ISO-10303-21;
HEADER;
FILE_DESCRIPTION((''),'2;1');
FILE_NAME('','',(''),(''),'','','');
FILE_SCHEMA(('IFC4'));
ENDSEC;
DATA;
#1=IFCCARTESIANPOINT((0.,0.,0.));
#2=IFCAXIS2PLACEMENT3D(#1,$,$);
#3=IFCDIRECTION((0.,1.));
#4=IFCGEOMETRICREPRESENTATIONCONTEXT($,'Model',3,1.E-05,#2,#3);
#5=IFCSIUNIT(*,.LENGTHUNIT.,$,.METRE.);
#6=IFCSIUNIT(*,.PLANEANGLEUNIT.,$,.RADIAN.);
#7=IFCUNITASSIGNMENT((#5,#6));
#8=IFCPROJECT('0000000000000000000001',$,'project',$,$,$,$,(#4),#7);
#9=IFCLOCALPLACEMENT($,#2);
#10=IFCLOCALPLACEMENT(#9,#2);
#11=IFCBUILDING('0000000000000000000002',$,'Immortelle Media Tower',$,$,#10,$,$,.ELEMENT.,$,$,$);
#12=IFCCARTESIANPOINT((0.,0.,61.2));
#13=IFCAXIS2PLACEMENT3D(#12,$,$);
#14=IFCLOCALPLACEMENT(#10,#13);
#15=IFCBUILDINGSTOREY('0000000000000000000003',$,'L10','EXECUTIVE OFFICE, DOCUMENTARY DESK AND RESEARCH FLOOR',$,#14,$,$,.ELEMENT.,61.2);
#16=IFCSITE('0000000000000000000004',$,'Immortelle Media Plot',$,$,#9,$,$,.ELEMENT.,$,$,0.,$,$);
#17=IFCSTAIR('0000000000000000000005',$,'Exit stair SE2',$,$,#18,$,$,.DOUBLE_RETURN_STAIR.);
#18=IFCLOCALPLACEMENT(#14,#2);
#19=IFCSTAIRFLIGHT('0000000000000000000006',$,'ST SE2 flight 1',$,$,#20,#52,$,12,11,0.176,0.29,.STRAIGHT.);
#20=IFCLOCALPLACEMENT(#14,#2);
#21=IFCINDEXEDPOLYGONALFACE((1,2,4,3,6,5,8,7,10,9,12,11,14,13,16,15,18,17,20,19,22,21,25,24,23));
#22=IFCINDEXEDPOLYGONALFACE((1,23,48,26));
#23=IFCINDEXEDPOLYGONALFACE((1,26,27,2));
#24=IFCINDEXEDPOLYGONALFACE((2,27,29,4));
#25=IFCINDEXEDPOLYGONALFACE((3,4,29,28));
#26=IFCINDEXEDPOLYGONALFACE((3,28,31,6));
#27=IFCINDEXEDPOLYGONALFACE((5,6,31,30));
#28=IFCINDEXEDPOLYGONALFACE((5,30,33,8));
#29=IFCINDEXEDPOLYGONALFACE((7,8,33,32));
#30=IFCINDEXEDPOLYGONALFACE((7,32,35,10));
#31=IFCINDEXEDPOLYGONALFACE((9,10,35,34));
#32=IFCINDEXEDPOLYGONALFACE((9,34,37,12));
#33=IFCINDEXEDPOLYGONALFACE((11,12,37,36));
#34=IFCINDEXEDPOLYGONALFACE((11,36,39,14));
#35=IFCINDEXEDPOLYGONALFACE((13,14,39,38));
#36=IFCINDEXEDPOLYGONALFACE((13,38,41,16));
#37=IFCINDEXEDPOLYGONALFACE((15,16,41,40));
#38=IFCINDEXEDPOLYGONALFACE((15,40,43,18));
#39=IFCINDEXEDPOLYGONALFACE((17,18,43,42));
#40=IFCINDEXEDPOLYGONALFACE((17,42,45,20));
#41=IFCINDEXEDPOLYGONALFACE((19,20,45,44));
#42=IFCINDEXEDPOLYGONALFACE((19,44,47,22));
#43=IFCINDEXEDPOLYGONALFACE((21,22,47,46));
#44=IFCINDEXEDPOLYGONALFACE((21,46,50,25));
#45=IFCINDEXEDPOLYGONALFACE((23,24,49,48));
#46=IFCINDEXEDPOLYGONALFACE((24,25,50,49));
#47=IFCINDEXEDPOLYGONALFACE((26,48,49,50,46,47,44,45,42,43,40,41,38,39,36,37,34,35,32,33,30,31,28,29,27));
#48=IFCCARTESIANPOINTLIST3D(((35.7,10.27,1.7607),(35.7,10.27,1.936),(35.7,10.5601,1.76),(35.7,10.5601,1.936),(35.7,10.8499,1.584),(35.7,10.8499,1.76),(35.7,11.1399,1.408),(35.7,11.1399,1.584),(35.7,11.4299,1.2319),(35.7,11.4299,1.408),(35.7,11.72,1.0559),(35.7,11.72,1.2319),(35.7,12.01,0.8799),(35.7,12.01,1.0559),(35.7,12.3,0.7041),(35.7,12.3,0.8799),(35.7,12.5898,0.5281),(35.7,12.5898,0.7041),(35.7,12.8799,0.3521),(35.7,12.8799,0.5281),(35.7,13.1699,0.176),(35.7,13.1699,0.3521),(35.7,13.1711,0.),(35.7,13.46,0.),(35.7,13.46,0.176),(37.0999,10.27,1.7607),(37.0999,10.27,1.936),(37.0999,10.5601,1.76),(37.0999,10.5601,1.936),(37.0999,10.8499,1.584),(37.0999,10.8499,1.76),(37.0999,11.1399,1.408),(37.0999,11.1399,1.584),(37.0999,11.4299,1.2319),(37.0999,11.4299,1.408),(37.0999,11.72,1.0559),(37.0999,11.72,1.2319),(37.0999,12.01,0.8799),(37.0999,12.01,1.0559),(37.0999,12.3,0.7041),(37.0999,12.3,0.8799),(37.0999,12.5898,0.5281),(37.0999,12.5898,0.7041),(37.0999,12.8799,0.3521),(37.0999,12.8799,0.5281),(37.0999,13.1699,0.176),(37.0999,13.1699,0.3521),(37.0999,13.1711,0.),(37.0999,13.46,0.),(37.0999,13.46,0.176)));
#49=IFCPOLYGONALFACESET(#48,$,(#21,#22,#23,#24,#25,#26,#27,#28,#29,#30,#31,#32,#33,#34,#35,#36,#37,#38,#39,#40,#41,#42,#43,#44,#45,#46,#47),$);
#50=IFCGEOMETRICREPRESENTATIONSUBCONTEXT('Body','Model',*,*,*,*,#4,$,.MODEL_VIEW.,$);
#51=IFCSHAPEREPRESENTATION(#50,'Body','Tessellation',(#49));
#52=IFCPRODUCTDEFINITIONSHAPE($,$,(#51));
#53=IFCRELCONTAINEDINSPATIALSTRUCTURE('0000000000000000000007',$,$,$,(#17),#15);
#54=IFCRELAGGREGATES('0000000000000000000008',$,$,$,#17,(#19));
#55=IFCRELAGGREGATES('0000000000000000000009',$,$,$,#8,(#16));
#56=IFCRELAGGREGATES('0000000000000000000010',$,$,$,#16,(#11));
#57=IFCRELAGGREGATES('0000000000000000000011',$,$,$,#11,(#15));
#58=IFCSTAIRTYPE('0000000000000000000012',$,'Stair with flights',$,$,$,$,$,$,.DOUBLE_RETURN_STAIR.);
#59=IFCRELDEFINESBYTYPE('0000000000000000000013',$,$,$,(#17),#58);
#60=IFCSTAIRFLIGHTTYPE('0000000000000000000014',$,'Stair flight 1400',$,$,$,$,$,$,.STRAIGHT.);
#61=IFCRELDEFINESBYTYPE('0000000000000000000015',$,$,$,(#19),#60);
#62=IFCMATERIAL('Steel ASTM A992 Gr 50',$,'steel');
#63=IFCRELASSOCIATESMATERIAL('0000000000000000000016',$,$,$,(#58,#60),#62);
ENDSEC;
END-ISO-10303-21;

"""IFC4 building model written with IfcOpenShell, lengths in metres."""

from ifc_helpers import new_model, si_unit, direction, frame, origin, place, context, subcontext, project, spatial, polyline, outline, extrude, material, type_object, element, aggregate, save


model = new_model("IFC4")

# Units and contexts
model_context = context("Model", 3, precision=1e-05, world=origin(), true_north=direction((0.0, 1.0)))
body_context = subcontext(model_context, "Body", "Model", "MODEL_VIEW")
ifc_project = project(units=[si_unit("LENGTHUNIT", "METRE"), si_unit("PLANEANGLEUNIT", "RADIAN")], contexts=[model_context])

# Site, building, storey
site_placement = place(None, origin())
site = spatial("IfcSite", under=ifc_project, at=site_placement, Name="Immortelle Media Plot", CompositionType="ELEMENT", RefElevation=0.0)
building_placement = place(site_placement, origin())
building = spatial("IfcBuilding", under=site, at=building_placement, Name="Immortelle Media Tower", CompositionType="ELEMENT")
storey_placement = place(building_placement, frame((0.0, 0.0, 61.2)))
storey = spatial("IfcBuildingStorey", under=building, at=storey_placement, Name="L10", Description="EXECUTIVE OFFICE, DOCUMENTARY DESK AND RESEARCH FLOOR", CompositionType="ELEMENT", Elevation=61.2)

# Shared definitions
ifc_material_1 = material(Name="Steel ASTM A992 Gr 50", Category="steel")

# Stair, stair flight
stair_type = type_object("IfcStairType", Name="Stair with flights", PredefinedType="DOUBLE_RETURN_STAIR", material=ifc_material_1)
stair_flight_type = type_object("IfcStairFlightType", Name="Stair flight 1400", PredefinedType="STRAIGHT", material=ifc_material_1)
stair_1_placement = place(storey_placement, origin())
stair_1 = element("IfcStair", 1, at=stair_1_placement, inside=storey, type_object=stair_type, Name="Exit stair SE2", PredefinedType="DOUBLE_RETURN_STAIR")
stair_flight_1_placement = place(storey_placement, frame((36.3999, 13.46, 0.0), z_axis=(0.0, 0.0, 1.0), x_axis=(0.0, -1.0, 0.0)))
stair_flight_1 = element("IfcStairFlight", 2, at=stair_flight_1_placement, type_object=stair_flight_type, Name="ST SE2 flight 1", NumberOfRisers=12, NumberOfTreads=11, PredefinedType="STRAIGHT", RiserHeight=0.176, TreadLength=0.29, context=body_context, shape_type="SweptSolid", body=[
    extrude(outline(polyline([(0.0, 0.0), (0.0, 0.176), (0.29, 0.176), (0.29, 0.3521), (0.5801, 0.3521), (0.5801, 0.5281), (0.8701, 0.5281), (0.8701, 0.7041), (1.1599, 0.7041), (1.1599, 0.8799), (1.45, 0.8799), (1.45, 1.0559), (1.74, 1.0559), (1.74, 1.2319), (2.03, 1.2319), (2.03, 1.408), (2.3201, 1.408), (2.3201, 1.584), (2.6101, 1.584), (2.6101, 1.76), (2.8999, 1.76), (2.8999, 1.936), (3.1899, 1.936), (3.1899, 2.1121), (3.1899, 1.7607), (0.2888, 0.0), (0.0, 0.0)])), frame((0.0, 0.7, 0.0), z_axis=(0.0, -1.0, 0.0), x_axis=(1.0, 0.0, 0.0)), (0.0, 0.0, 1.0), 1.3999),
])
aggregate(stair_1, [stair_flight_1])

save(model, "model.ifc")
